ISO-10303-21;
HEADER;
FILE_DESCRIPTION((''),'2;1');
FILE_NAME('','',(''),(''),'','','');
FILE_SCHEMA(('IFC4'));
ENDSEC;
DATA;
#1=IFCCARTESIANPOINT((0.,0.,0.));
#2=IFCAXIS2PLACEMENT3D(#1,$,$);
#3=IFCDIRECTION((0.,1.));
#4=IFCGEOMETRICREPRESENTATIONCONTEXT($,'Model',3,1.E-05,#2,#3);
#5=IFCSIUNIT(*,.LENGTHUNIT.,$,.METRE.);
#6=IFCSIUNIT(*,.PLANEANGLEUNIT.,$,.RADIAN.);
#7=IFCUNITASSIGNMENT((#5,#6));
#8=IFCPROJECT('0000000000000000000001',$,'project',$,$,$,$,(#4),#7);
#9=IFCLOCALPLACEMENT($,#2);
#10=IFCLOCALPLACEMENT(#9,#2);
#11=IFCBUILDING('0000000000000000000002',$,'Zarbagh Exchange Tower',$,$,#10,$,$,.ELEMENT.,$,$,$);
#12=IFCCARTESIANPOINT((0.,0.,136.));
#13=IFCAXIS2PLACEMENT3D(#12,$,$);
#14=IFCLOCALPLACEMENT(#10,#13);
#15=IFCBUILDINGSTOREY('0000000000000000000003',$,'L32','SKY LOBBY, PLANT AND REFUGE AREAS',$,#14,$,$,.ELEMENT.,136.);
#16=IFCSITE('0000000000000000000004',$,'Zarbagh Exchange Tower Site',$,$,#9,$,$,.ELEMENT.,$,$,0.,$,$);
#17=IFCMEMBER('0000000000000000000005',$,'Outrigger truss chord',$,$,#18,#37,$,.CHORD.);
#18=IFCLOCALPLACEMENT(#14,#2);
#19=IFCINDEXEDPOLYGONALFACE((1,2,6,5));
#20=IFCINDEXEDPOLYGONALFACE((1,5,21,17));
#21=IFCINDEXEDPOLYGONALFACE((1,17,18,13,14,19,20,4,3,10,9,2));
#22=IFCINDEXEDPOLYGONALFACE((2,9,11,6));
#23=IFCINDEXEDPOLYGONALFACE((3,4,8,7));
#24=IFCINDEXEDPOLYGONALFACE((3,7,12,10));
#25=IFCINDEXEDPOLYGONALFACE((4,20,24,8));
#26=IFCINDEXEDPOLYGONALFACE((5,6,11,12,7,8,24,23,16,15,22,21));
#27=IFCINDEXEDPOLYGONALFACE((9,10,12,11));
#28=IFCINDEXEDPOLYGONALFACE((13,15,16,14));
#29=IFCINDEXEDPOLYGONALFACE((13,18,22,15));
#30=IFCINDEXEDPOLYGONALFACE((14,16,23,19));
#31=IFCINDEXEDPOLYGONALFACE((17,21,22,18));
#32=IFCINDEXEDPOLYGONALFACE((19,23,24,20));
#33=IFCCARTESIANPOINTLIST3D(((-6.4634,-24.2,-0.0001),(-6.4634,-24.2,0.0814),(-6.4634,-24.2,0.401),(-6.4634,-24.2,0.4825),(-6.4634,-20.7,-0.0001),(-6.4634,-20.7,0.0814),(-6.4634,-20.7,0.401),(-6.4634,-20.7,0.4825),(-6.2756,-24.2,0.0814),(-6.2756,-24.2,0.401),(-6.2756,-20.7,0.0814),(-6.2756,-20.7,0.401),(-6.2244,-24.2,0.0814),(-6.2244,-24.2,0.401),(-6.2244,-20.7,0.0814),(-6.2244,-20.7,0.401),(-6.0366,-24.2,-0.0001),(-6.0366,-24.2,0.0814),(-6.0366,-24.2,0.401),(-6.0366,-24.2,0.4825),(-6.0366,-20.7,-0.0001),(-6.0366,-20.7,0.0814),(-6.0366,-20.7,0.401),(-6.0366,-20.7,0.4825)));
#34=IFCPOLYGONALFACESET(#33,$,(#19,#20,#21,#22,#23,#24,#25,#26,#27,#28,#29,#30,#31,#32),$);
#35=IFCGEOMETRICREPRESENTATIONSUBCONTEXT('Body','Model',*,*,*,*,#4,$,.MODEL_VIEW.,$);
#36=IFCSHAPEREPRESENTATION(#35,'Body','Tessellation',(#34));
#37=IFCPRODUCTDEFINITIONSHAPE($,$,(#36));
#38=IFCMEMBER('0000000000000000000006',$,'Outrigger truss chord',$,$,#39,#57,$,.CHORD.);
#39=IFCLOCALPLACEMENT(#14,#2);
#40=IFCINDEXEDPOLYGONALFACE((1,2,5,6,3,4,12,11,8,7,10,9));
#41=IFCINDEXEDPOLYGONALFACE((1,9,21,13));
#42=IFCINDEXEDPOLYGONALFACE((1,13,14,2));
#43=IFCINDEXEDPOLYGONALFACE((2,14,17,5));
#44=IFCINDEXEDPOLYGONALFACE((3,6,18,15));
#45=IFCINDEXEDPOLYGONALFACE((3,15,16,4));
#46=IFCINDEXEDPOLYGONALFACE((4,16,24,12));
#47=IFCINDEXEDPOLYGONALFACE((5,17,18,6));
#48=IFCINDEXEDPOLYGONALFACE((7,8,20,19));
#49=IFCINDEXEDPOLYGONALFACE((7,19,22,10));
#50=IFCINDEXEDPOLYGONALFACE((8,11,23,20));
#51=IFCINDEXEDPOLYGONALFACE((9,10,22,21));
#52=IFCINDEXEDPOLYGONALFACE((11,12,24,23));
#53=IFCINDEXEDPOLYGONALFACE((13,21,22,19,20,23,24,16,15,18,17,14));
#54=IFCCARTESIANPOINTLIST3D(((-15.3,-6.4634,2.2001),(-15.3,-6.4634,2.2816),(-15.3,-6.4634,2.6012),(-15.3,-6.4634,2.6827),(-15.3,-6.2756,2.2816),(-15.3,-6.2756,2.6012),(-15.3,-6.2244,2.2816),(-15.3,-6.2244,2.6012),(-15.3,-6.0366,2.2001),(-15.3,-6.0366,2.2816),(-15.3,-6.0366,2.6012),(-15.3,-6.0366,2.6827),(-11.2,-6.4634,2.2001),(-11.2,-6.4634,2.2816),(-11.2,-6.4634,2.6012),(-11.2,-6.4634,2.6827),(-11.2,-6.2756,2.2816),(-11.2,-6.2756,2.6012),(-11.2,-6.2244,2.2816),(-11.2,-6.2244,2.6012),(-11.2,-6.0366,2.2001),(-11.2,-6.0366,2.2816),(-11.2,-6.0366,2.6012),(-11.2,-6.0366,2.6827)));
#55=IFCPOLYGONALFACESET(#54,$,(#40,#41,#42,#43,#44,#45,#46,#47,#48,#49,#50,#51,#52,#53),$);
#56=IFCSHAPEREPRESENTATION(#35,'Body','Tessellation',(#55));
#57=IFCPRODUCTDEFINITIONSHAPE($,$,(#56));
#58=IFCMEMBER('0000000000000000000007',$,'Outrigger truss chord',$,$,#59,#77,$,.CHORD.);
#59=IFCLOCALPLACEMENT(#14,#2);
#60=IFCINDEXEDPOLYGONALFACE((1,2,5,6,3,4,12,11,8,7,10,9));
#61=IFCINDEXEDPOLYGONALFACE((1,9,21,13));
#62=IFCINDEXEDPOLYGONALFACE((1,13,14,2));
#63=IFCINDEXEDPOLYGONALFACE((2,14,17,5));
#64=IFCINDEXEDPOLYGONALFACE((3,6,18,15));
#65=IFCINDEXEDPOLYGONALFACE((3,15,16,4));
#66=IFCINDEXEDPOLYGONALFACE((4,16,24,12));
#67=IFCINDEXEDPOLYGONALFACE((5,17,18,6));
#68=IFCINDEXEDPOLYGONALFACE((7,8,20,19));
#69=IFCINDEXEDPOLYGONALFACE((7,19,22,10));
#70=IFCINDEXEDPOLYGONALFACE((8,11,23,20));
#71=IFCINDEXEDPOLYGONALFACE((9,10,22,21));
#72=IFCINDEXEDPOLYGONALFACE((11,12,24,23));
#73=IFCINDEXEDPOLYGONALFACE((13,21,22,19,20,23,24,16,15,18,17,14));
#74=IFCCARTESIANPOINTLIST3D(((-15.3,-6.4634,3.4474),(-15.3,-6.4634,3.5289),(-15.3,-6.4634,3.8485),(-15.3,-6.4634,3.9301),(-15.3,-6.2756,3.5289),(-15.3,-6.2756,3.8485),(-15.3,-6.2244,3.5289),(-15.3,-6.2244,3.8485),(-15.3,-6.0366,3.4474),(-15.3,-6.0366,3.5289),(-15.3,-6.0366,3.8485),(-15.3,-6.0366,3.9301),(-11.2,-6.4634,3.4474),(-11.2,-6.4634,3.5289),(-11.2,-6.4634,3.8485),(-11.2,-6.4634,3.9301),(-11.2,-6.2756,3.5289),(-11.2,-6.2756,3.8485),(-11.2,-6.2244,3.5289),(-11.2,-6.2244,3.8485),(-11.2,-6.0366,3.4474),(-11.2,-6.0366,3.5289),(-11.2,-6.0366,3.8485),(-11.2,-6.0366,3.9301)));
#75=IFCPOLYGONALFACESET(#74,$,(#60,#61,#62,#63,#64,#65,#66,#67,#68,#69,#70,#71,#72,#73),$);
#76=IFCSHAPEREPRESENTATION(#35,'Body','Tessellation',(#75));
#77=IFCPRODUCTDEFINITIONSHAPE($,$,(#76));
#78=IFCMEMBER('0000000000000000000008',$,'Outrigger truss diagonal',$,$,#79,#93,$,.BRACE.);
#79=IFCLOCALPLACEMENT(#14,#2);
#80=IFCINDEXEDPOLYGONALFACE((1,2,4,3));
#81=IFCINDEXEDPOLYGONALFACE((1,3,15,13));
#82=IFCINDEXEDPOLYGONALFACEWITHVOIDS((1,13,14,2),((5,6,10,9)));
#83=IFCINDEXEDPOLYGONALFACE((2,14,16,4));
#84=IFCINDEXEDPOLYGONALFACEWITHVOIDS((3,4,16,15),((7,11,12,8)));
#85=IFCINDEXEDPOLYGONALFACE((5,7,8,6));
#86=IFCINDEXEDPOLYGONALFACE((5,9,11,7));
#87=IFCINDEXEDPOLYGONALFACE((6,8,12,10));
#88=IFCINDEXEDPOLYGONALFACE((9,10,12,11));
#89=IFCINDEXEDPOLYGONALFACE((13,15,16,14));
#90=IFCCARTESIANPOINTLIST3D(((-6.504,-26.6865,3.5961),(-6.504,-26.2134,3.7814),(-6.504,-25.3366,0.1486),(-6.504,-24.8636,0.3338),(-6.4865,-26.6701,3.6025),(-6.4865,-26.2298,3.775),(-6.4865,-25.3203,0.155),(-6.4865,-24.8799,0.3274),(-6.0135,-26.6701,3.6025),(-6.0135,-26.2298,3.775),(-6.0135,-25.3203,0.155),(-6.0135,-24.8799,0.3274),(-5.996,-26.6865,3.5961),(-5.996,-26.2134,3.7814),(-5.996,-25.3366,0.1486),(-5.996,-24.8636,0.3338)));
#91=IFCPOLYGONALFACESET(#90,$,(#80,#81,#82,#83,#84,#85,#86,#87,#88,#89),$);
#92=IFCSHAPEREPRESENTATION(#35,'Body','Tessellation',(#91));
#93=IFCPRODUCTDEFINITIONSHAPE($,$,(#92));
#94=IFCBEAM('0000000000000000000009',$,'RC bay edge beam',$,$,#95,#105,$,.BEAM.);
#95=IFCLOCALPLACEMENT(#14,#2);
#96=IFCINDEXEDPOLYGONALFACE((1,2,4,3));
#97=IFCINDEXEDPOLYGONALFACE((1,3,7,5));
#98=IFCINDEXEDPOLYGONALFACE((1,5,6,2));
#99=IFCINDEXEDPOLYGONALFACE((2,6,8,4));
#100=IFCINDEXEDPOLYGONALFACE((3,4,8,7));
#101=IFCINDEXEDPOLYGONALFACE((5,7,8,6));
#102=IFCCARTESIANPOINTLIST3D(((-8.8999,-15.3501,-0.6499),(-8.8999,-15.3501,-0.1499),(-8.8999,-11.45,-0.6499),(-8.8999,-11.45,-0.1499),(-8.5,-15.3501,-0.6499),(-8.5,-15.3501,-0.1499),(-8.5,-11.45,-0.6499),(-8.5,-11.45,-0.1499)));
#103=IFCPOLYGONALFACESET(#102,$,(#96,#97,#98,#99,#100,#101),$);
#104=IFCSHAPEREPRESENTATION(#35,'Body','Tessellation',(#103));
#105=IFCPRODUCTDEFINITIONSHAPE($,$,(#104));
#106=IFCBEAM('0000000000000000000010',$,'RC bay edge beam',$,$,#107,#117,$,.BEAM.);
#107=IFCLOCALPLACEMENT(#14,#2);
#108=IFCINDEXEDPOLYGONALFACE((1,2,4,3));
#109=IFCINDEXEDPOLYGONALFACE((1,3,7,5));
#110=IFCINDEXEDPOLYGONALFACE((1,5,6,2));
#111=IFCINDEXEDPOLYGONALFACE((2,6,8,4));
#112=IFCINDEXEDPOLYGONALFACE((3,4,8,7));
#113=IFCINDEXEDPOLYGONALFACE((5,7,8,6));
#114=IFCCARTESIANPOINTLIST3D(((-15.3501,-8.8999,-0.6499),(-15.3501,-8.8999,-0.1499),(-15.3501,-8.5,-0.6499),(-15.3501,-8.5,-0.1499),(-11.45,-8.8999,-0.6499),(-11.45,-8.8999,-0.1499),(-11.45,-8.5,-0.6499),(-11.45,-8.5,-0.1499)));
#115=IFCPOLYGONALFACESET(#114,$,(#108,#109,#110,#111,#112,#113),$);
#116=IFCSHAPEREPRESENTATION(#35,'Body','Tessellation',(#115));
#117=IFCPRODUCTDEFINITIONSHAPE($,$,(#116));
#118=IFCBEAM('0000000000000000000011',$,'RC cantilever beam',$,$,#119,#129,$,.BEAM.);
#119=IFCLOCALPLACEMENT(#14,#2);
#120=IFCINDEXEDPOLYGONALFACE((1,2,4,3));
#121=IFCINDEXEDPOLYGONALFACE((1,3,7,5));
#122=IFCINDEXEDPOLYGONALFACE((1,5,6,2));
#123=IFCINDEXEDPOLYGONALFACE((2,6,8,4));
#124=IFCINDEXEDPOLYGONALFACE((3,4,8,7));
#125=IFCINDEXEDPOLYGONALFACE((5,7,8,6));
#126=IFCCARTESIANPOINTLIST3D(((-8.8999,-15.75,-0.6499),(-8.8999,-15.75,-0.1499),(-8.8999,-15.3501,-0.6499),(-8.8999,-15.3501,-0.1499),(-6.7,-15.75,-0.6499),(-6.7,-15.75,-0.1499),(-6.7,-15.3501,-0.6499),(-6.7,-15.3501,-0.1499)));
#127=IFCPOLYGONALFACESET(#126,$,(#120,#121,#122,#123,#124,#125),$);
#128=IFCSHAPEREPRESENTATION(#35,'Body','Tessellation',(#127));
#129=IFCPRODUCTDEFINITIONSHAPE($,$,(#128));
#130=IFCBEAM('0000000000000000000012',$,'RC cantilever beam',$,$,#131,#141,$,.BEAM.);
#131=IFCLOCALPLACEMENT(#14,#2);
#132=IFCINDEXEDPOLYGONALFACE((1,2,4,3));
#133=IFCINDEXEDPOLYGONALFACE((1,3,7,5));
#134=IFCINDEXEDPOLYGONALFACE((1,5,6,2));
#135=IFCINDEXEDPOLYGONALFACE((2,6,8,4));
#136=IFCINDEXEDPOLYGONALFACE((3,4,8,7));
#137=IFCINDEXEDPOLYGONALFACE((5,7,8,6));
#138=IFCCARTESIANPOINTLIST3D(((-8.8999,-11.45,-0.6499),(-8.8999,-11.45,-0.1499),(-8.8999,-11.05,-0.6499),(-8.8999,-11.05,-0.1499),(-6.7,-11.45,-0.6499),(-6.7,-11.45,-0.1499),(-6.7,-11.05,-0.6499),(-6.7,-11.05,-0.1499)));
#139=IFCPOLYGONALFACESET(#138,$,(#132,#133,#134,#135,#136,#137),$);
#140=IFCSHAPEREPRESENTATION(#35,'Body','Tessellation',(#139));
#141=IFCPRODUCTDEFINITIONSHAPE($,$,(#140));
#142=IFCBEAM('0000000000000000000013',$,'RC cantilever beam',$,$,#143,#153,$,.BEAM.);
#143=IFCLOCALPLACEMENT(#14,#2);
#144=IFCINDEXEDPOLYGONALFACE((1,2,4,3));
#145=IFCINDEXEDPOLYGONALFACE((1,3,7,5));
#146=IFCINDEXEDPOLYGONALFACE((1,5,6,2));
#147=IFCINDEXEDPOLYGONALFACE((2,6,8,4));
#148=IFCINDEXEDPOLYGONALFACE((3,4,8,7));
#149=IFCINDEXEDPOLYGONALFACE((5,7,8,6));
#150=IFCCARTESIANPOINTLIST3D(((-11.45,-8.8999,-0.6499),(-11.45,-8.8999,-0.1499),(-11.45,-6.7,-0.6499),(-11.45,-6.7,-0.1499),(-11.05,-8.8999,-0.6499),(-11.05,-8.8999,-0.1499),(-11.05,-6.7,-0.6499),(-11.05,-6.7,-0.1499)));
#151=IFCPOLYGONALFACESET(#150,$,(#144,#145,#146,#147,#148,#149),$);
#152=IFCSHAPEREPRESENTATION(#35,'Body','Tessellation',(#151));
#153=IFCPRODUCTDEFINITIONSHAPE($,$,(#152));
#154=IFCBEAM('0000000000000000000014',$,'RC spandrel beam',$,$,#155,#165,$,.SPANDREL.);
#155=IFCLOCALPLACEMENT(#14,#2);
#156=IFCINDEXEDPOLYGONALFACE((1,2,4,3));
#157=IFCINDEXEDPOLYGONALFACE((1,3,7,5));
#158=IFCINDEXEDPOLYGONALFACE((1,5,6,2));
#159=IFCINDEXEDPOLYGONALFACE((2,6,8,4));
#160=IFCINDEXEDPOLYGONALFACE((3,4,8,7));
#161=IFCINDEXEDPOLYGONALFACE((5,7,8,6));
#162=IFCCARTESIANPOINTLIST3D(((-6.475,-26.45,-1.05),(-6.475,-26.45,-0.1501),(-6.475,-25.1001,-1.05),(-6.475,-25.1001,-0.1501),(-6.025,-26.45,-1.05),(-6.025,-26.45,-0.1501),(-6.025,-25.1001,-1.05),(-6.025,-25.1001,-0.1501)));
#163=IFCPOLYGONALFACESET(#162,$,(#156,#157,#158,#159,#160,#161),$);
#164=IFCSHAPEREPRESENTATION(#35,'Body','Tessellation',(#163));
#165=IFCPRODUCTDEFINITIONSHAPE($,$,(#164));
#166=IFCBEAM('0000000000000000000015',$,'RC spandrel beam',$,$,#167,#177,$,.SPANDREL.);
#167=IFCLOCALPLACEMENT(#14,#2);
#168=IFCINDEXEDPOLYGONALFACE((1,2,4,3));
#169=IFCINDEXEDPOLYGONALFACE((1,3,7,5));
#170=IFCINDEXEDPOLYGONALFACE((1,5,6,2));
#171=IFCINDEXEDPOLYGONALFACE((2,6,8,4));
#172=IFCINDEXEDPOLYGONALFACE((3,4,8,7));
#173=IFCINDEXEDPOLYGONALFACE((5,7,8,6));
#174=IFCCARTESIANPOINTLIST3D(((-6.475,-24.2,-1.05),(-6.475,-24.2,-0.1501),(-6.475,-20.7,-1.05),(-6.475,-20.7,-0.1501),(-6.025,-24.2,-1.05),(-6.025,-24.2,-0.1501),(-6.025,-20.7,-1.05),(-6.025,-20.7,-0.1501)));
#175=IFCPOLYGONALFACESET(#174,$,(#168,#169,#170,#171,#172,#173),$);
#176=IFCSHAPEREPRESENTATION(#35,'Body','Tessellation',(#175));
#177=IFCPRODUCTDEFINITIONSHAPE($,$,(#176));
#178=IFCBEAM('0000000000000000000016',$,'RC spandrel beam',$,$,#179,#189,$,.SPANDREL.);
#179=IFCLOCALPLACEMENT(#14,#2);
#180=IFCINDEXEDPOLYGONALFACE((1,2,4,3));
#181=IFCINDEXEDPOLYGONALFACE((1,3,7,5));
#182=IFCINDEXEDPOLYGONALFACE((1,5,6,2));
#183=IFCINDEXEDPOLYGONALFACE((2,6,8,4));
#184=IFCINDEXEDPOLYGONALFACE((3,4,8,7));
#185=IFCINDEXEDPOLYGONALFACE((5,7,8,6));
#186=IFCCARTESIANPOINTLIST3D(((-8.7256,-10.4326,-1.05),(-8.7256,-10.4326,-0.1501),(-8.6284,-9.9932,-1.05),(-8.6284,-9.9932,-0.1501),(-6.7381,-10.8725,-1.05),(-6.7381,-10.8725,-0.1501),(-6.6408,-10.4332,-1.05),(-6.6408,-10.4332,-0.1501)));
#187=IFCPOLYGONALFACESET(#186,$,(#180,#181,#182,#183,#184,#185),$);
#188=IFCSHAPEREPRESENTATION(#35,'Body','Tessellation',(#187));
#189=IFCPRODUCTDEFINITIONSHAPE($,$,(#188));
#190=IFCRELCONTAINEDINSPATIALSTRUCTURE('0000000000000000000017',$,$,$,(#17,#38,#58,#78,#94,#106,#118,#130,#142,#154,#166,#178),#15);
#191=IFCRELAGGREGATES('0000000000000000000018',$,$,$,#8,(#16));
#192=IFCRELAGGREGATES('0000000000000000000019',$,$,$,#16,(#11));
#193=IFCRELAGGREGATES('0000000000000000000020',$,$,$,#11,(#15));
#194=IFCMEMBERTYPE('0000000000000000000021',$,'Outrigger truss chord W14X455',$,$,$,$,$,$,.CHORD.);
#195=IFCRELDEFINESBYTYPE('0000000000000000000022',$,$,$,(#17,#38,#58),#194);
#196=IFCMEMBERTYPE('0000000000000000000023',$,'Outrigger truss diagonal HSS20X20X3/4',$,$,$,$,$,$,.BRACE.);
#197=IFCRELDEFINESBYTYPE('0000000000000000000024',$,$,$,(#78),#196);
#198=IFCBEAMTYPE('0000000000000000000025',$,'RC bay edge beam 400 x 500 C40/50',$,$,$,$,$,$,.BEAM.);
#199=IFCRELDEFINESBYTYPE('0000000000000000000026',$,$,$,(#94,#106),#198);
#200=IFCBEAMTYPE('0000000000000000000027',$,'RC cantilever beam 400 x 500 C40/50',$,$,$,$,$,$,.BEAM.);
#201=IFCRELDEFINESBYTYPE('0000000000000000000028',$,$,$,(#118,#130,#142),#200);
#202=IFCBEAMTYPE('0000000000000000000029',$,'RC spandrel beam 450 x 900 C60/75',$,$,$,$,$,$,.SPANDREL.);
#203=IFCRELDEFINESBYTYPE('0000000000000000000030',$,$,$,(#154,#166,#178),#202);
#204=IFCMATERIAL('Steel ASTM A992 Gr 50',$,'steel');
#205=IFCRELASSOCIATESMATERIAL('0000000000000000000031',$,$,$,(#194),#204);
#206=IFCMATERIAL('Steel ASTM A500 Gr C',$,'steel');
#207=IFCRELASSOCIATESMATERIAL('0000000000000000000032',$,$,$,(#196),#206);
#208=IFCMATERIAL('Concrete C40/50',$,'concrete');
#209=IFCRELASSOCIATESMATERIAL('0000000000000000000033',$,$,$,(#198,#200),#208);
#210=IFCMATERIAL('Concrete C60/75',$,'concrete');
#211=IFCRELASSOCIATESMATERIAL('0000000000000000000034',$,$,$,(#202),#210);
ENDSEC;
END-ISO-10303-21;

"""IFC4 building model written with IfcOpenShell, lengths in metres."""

from ifc_helpers import new_model, si_unit, direction, frame, origin, origin_2d, place, context, subcontext, project, spatial, rectangle, hollow_rectangle, i_section, extrude, material, material_profile, profile_set, type_object, element, save


model = new_model("IFC4")

# Units and contexts
model_context = context("Model", 3, precision=1e-05, world=origin(), true_north=direction((0.0, 1.0)))
body_context = subcontext(model_context, "Body", "Model", "MODEL_VIEW")
ifc_project = project(units=[si_unit("LENGTHUNIT", "METRE"), si_unit("PLANEANGLEUNIT", "RADIAN")], contexts=[model_context])

# Site, building, storey
site_placement = place(None, origin())
site = spatial("IfcSite", under=ifc_project, at=site_placement, Name="Zarbagh Exchange Tower Site", CompositionType="ELEMENT", RefElevation=0.0)
building_placement = place(site_placement, origin())
building = spatial("IfcBuilding", under=site, at=building_placement, Name="Zarbagh Exchange Tower", CompositionType="ELEMENT")
storey_placement = place(building_placement, frame((0.0, 0.0, 136.0)))
storey = spatial("IfcBuildingStorey", under=building, at=storey_placement, Name="L32", Description="SKY LOBBY, PLANT AND REFUGE AREAS", CompositionType="ELEMENT", Elevation=136.0)

# Shared definitions
ifc_material_1 = material(Name="Concrete C60/75", Category="concrete")

# Shared definitions
ifc_material_2 = material(Name="Steel ASTM A992 Gr 50", Category="steel")
ifc_material_3 = material(Name="Steel ASTM A500 Gr C", Category="steel")

# Members
ifc_material_profile_1 = material_profile(ifc_material_2, i_section(OverallWidth=0.4268, OverallDepth=0.4827, WebThickness=0.0513, FlangeThickness=0.0815, at=origin_2d()), Name="W14X455")
ifc_profile_set_1 = profile_set([ifc_material_profile_1], Name="Steel ASTM A992 Gr 50")
member_type_1 = type_object("IfcMemberType", Name="Outrigger truss chord W14X455", PredefinedType="CHORD", material=ifc_profile_set_1)
member_1_placement = place(storey_placement, frame((-6.25, -24.2, 0.2412), z_axis=(0.0, 1.0, 0.0), x_axis=(-1.0, 0.0, 0.0)))
element("IfcMember", 1, at=member_1_placement, inside=storey, type_object=member_type_1, Name="Outrigger truss chord", PredefinedType="CHORD", context=body_context, shape_type="SweptSolid", body=[
    extrude(i_section(OverallWidth=0.4268, OverallDepth=0.4827, WebThickness=0.0513, FlangeThickness=0.0815, at=origin_2d()), origin(), (0.0, 0.0, 1.0), 3.5),
])
for number, where, z_axis, x_axis, name in (
    (2, (-11.2, -6.25, 2.4414), (-1.0, 0.0, 0.0), (0.0, -1.0, 0.0), "Outrigger truss chord"),
    (3, (-11.2, -6.25, 3.6887), (-1.0, 0.0, 0.0), (0.0, -1.0, 0.0), "Outrigger truss chord"),
):
    element("IfcMember", number, at=place(storey_placement, frame(where, z_axis=z_axis, x_axis=x_axis)), inside=storey, type_object=member_type_1, Name=name, PredefinedType="CHORD", context=body_context, shape_type="SweptSolid", body=[
        extrude(i_section(OverallWidth=0.4268, OverallDepth=0.4827, WebThickness=0.0513, FlangeThickness=0.0815, at=origin_2d()), origin(), (0.0, 0.0, 1.0), 4.1001),
    ])
ifc_material_profile_2 = material_profile(ifc_material_3, hollow_rectangle(XDim=0.5081, YDim=0.5081, WallThickness=0.0176, at=origin_2d()), Name="HSS20X20X3/4")
ifc_profile_set_2 = profile_set([ifc_material_profile_2], Name="Steel ASTM A500 Gr C")
member_type_2 = type_object("IfcMemberType", Name="Outrigger truss diagonal HSS20X20X3/4", PredefinedType="BRACE", material=ifc_profile_set_2)
member_2_placement = place(storey_placement, frame((-6.25, -25.1001, 0.2412), z_axis=(0.0, -0.364593, 0.931167), x_axis=(1.0, 0.0, 0.0)))
element("IfcMember", 4, at=member_2_placement, inside=storey, type_object=member_type_2, Name="Outrigger truss diagonal", PredefinedType="BRACE", context=body_context, shape_type="SweptSolid", body=[
    extrude(hollow_rectangle(XDim=0.5081, YDim=0.5081, WallThickness=0.0176, at=origin_2d()), origin(), (0.0, 0.0, 1.0), 3.7024),
])

# Beams
ifc_material_4 = material(Name="Concrete C40/50", Category="concrete")
ifc_material_profile_3 = material_profile(ifc_material_4, rectangle(XDim=0.3999, YDim=0.5, at=origin_2d()), Name="RC bay edge beam 400 x 500 C40/50")
ifc_profile_set_3 = profile_set([ifc_material_profile_3], Name="Concrete C40/50")
beam_type_1 = type_object("IfcBeamType", Name="RC bay edge beam 400 x 500 C40/50", PredefinedType="BEAM", material=ifc_profile_set_3)
for number, where, z_axis, x_axis, name in (
    (5, (-8.7, -15.3501, -0.3999), (0.0, 1.0, 0.0), (-1.0, 0.0, 0.0), "RC bay edge beam"),
    (6, (-15.3501, -8.7, -0.3999), (1.0, 0.0, 0.0), (0.0, 1.0, 0.0), "RC bay edge beam"),
):
    element("IfcBeam", number, at=place(storey_placement, frame(where, z_axis=z_axis, x_axis=x_axis)), inside=storey, type_object=beam_type_1, Name=name, PredefinedType="BEAM", context=body_context, shape_type="SweptSolid", body=[
        extrude(rectangle(XDim=0.3999, YDim=0.5, at=origin_2d()), origin(), (0.0, 0.0, 1.0), 3.9001),
    ])
ifc_material_profile_4 = material_profile(ifc_material_4, rectangle(XDim=0.3999, YDim=0.5, at=origin_2d()), Name="RC cantilever beam 400 x 500 C40/50")
ifc_profile_set_4 = profile_set([ifc_material_profile_4], Name="Concrete C40/50")
beam_type_2 = type_object("IfcBeamType", Name="RC cantilever beam 400 x 500 C40/50", PredefinedType="BEAM", material=ifc_profile_set_4)
for number, where, z_axis, x_axis, name in (
    (7, (-6.7, -15.55, -0.3999), (-1.0, 0.0, 0.0), (0.0, -1.0, 0.0), "RC cantilever beam"),
    (8, (-6.7, -11.25, -0.3999), (-1.0, 0.0, 0.0), (0.0, -1.0, 0.0), "RC cantilever beam"),
    (9, (-11.25, -6.7, -0.3999), (0.0, -1.0, 0.0), (1.0, 0.0, 0.0), "RC cantilever beam"),
):
    element("IfcBeam", number, at=place(storey_placement, frame(where, z_axis=z_axis, x_axis=x_axis)), inside=storey, type_object=beam_type_2, Name=name, PredefinedType="BEAM", context=body_context, shape_type="SweptSolid", body=[
        extrude(rectangle(XDim=0.3999, YDim=0.5, at=origin_2d()), origin(), (0.0, 0.0, 1.0), 2.2),
    ])
ifc_material_profile_5 = material_profile(ifc_material_1, rectangle(XDim=0.45, YDim=0.8999, at=origin_2d()), Name="RC spandrel beam 450 x 900 C60/75")
ifc_profile_set_5 = profile_set([ifc_material_profile_5], Name="Concrete C60/75")
beam_type_3 = type_object("IfcBeamType", Name="RC spandrel beam 450 x 900 C60/75", PredefinedType="SPANDREL", material=ifc_profile_set_5)
beam_1_placement = place(storey_placement, frame((-6.25, -26.45, -0.6001), z_axis=(0.0, 1.0, 0.0), x_axis=(-1.0, 0.0, 0.0)))
element("IfcBeam", 10, at=beam_1_placement, inside=storey, type_object=beam_type_3, Name="RC spandrel beam", PredefinedType="SPANDREL", context=body_context, shape_type="SweptSolid", body=[
    extrude(rectangle(XDim=0.45, YDim=0.8999, at=origin_2d()), origin(), (0.0, 0.0, 1.0), 1.3499),
])
beam_2_placement = place(storey_placement, frame((-6.25, -24.2, -0.6001), z_axis=(0.0, 1.0, 0.0), x_axis=(-1.0, 0.0, 0.0)))
element("IfcBeam", 11, at=beam_2_placement, inside=storey, type_object=beam_type_3, Name="RC spandrel beam", PredefinedType="SPANDREL", context=body_context, shape_type="SweptSolid", body=[
    extrude(rectangle(XDim=0.45, YDim=0.8999, at=origin_2d()), origin(), (0.0, 0.0, 1.0), 3.5),
])
beam_3_placement = place(storey_placement, frame((-6.6895, -10.6528, -0.6001), z_axis=(-0.976367, 0.216118, 0.0), x_axis=(-0.216118, -0.976367, 0.0)))
element("IfcBeam", 12, at=beam_3_placement, inside=storey, type_object=beam_type_3, Name="RC spandrel beam", PredefinedType="SPANDREL", context=body_context, shape_type="SweptSolid", body=[
    extrude(rectangle(XDim=0.45, YDim=0.8999, at=origin_2d()), origin(), (0.0, 0.0, 1.0), 2.0356),
])

save(model, "model.ifc")
